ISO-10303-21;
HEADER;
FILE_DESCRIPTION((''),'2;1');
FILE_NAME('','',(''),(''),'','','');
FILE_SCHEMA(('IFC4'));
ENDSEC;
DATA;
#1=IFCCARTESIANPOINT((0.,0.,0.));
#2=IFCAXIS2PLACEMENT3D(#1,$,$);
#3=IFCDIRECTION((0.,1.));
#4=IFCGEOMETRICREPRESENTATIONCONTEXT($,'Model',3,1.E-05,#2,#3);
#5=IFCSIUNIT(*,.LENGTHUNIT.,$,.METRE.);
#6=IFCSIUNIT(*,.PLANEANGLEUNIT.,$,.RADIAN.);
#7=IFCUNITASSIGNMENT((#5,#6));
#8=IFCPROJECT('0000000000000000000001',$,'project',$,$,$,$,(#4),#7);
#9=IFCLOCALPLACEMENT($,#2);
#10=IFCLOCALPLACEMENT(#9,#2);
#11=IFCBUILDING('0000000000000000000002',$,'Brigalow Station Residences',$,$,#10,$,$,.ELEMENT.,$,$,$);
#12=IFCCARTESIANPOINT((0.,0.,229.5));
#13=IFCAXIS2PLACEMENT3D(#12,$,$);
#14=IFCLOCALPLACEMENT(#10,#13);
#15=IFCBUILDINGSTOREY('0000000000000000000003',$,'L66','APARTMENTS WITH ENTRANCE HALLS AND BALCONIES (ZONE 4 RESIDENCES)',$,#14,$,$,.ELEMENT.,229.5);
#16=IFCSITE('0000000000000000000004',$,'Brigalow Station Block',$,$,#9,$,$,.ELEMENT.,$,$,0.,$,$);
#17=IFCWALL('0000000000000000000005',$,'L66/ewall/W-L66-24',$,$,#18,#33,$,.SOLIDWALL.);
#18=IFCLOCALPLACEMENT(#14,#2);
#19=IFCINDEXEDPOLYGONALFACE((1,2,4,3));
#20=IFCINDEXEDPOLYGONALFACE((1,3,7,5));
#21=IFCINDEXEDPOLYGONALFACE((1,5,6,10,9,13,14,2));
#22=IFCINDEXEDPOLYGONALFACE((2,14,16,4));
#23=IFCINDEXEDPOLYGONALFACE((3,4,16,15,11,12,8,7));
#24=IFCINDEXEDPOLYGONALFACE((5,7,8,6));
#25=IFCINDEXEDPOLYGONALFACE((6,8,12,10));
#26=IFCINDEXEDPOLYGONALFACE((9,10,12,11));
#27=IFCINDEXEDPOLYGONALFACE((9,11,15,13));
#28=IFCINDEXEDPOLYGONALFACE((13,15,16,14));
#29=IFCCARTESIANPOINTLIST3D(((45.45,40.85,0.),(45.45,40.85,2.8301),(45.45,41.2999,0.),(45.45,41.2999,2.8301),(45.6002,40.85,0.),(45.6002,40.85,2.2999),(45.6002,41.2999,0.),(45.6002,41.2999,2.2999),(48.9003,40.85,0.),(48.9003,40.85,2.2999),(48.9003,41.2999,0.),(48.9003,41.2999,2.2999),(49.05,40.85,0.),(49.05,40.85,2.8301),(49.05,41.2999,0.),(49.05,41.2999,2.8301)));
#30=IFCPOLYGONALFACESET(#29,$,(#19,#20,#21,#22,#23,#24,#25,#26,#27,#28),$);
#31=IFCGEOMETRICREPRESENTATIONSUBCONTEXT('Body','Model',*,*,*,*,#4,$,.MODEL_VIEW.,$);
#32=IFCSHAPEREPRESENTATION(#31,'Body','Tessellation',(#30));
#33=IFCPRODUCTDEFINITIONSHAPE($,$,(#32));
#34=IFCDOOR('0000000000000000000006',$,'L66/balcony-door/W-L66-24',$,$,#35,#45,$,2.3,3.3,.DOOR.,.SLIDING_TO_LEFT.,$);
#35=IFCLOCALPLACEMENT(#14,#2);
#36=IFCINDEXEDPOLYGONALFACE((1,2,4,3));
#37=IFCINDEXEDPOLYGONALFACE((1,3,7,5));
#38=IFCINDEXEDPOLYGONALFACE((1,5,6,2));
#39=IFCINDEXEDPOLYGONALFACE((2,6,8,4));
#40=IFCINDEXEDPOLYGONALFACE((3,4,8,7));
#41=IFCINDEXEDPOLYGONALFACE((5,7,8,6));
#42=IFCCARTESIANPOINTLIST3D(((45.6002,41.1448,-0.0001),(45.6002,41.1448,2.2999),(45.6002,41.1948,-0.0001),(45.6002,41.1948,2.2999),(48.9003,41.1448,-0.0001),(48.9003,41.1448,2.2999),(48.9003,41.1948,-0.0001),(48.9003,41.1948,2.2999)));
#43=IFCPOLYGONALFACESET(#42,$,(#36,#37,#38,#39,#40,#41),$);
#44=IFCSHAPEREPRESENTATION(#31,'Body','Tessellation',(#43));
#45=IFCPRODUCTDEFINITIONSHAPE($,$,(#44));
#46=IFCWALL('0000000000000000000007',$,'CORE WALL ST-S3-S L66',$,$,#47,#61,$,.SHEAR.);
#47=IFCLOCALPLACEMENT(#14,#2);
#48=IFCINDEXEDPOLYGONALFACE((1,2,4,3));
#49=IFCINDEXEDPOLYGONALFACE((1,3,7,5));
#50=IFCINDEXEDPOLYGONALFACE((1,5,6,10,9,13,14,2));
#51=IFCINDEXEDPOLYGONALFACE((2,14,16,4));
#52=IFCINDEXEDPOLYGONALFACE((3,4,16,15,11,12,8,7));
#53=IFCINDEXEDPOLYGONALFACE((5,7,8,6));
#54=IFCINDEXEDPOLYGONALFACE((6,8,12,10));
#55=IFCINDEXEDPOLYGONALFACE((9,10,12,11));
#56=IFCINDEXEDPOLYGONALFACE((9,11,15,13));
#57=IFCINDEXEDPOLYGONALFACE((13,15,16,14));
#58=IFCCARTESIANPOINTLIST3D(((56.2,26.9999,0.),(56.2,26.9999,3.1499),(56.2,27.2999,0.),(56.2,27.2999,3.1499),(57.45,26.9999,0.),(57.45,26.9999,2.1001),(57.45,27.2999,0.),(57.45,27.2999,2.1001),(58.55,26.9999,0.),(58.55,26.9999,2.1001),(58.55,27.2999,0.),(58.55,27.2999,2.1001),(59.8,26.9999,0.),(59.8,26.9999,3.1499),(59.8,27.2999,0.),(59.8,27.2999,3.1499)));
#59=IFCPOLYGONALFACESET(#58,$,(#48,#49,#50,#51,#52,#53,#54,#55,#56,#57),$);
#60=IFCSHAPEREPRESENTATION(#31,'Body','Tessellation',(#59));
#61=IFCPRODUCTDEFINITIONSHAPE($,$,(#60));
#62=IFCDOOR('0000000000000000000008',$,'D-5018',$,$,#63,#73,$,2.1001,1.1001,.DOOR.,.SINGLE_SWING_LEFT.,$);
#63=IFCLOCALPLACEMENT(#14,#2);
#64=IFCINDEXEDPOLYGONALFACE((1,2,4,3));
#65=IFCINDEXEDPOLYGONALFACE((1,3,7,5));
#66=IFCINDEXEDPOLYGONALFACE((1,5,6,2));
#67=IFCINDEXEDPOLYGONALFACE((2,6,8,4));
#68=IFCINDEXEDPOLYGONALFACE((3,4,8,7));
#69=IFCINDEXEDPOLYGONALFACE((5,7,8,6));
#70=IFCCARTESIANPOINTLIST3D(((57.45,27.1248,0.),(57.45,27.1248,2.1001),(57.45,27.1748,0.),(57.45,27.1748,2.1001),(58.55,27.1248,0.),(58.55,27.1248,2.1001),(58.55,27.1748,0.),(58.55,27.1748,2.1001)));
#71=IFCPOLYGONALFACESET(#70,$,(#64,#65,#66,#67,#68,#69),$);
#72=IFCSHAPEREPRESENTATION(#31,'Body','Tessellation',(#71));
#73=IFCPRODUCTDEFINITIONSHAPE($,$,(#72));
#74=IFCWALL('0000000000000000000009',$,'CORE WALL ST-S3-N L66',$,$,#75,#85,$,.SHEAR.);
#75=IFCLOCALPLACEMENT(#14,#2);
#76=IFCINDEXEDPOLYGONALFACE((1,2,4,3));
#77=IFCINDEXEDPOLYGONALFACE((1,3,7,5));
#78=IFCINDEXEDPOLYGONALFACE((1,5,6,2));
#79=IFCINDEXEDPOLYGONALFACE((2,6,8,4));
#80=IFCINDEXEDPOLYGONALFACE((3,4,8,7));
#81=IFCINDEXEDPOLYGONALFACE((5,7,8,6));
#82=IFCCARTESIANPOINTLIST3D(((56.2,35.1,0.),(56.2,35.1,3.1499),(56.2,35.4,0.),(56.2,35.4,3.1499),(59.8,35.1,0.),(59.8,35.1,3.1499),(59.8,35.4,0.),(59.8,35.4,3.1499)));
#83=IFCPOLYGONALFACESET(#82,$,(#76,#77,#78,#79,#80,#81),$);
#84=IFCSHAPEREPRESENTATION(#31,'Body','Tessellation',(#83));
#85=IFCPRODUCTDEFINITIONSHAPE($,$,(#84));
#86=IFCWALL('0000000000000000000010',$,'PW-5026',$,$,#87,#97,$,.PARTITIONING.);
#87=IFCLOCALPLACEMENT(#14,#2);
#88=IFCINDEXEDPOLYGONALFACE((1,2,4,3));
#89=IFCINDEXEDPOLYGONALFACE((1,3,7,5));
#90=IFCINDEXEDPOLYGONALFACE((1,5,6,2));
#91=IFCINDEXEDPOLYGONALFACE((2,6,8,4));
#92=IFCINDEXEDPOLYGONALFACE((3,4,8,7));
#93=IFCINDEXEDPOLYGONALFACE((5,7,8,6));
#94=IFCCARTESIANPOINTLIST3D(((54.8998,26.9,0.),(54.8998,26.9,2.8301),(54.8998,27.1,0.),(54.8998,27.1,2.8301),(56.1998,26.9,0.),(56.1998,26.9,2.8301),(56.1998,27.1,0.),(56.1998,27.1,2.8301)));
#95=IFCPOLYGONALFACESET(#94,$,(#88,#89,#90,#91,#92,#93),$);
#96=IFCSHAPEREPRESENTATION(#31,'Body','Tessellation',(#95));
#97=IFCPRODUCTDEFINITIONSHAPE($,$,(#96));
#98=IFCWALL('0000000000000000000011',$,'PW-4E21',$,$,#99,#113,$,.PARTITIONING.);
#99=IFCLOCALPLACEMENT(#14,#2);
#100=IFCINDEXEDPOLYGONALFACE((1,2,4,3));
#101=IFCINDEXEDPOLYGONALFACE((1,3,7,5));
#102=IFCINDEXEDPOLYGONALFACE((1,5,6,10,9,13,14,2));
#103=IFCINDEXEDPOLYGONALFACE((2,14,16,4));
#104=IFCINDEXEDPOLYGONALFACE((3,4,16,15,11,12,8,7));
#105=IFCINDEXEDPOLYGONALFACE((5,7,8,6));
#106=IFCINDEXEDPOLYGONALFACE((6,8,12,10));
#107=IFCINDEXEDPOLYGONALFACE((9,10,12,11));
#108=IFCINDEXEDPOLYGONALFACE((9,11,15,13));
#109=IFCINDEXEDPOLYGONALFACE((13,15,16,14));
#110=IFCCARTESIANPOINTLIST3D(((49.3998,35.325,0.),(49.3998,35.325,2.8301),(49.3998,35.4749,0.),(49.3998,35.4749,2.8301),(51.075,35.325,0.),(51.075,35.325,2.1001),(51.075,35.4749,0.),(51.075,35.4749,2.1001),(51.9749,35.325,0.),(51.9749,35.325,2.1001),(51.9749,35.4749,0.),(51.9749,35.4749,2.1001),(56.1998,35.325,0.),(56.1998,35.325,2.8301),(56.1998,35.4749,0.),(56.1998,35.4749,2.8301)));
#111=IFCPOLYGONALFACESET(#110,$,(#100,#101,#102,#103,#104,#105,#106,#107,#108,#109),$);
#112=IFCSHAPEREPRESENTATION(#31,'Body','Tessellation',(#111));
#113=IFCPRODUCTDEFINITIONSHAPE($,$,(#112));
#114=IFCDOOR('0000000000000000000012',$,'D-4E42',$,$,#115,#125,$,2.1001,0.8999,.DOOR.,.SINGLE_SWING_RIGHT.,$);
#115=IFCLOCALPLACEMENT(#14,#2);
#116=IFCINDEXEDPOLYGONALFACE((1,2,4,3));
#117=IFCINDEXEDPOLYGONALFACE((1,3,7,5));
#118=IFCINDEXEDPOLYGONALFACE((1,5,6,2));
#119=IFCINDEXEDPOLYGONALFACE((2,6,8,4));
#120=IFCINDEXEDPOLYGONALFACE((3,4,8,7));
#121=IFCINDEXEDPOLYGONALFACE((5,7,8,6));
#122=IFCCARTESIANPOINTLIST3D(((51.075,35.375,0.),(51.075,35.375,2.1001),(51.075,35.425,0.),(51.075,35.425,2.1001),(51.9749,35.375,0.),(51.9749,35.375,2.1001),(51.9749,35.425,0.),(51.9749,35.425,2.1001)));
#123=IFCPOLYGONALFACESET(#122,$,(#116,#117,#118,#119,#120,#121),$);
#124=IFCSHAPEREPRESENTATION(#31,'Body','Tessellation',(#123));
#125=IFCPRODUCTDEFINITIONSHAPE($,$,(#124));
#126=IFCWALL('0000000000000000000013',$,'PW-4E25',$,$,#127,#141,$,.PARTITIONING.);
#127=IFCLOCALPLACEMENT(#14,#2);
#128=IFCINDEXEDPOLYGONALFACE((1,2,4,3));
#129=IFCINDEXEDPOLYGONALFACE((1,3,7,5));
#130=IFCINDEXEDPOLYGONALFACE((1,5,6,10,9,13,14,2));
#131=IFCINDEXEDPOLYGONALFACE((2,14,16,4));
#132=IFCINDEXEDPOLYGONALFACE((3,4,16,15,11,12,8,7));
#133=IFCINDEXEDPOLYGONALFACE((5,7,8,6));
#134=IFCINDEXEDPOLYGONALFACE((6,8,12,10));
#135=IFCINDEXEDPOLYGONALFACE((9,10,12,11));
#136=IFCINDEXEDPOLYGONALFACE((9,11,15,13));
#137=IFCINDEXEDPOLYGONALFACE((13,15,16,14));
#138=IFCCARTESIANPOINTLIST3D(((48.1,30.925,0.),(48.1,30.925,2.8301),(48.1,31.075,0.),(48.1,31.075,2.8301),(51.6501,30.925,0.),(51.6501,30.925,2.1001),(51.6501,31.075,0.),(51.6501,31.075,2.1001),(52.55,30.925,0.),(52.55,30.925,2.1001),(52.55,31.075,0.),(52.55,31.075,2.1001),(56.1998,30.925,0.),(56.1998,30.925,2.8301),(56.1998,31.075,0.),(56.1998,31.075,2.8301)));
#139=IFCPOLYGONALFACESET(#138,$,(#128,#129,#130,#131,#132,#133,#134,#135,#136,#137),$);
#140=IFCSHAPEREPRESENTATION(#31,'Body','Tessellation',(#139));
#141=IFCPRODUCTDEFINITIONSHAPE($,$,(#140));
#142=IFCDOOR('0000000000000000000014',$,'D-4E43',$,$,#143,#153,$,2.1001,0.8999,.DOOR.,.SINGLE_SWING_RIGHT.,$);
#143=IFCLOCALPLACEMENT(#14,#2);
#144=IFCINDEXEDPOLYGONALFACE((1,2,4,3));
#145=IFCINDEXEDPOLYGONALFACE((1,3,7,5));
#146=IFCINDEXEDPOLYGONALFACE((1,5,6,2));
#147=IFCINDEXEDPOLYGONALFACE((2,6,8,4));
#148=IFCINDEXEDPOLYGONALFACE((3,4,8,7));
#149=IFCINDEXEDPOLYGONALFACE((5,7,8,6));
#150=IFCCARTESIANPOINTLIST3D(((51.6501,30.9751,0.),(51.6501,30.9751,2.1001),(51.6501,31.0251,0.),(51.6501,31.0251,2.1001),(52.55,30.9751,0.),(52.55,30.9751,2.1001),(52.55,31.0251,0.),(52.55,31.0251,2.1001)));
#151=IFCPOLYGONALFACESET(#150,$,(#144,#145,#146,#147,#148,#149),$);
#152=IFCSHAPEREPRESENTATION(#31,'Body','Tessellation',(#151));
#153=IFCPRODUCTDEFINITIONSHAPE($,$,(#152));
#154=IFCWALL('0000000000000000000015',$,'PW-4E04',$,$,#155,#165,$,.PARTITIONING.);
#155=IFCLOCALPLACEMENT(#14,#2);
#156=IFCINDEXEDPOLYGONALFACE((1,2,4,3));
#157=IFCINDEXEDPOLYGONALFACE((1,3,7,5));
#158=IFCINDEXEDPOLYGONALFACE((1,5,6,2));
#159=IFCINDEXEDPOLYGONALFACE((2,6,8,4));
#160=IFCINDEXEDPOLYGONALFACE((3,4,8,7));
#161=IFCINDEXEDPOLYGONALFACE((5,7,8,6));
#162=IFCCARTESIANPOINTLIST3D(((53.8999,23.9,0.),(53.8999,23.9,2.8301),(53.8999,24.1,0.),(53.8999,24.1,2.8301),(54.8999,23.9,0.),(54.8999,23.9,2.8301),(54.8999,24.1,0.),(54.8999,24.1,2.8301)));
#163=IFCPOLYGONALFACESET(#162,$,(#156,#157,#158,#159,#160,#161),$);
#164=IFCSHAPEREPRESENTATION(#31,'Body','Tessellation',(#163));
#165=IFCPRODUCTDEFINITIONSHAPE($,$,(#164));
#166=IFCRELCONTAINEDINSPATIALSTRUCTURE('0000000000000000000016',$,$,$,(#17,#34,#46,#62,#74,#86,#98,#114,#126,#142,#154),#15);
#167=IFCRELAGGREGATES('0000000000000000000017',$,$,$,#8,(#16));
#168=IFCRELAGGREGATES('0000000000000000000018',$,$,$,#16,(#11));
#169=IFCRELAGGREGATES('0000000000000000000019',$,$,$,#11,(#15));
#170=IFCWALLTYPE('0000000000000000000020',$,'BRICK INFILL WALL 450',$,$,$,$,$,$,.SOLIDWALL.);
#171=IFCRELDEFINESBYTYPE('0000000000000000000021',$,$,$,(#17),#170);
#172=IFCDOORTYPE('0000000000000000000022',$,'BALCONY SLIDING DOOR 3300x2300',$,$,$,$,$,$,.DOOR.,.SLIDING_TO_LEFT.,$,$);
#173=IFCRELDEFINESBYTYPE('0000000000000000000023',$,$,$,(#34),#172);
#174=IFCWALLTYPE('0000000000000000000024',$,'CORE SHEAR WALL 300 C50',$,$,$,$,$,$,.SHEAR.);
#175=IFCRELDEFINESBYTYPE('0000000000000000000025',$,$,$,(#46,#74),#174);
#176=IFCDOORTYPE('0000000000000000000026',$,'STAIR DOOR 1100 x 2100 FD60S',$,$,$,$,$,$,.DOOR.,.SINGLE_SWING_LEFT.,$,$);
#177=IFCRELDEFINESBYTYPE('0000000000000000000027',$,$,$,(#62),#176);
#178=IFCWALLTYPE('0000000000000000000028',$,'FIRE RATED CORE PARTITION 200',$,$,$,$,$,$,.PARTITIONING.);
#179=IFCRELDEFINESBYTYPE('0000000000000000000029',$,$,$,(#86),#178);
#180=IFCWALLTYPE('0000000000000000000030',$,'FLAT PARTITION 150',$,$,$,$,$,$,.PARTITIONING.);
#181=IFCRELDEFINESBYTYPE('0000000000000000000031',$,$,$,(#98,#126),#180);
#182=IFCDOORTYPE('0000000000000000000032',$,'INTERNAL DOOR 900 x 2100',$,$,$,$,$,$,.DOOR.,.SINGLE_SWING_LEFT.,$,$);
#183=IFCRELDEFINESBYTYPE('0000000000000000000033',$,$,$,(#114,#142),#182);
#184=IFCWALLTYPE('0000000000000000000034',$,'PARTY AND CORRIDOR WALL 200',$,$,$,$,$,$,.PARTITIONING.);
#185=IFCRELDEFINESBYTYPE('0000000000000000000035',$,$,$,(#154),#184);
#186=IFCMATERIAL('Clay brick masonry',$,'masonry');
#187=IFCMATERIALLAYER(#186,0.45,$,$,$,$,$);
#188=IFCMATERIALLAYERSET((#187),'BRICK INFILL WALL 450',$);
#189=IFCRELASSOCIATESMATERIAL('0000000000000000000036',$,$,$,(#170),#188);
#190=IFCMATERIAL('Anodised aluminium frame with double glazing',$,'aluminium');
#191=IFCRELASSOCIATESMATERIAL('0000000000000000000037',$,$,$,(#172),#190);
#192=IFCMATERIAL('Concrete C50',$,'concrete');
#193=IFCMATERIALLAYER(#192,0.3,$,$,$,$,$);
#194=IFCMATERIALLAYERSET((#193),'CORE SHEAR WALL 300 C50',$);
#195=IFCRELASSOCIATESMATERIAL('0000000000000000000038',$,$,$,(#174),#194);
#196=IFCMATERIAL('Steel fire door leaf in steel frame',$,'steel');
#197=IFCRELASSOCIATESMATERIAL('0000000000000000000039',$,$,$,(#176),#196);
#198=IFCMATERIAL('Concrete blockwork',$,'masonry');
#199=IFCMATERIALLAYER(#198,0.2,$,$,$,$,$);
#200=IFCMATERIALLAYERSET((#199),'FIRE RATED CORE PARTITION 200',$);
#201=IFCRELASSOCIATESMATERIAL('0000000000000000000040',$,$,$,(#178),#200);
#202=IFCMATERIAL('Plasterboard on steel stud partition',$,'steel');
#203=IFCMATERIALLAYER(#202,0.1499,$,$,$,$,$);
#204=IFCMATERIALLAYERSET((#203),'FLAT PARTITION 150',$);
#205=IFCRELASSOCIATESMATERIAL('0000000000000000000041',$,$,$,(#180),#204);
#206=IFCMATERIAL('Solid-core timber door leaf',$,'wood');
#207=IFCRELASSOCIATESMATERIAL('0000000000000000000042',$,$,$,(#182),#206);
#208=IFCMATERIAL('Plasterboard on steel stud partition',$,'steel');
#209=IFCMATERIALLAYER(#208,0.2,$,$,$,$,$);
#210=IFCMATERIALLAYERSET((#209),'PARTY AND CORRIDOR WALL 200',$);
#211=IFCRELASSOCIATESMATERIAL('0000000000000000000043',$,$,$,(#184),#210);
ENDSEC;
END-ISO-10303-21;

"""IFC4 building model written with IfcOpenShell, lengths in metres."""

from ifc_helpers import new_model, si_unit, direction, frame, frame_2d, origin, place, context, subcontext, project, spatial, rectangle, extrude, material, layer, layer_set, type_object, element, fill, save


model = new_model("IFC4")

# Units and contexts
model_context = context("Model", 3, precision=1e-05, world=origin(), true_north=direction((0.0, 1.0)))
body_context = subcontext(model_context, "Body", "Model", "MODEL_VIEW")
ifc_project = project(units=[si_unit("LENGTHUNIT", "METRE"), si_unit("PLANEANGLEUNIT", "RADIAN")], contexts=[model_context])

# Site, building, storey
site_placement = place(None, origin())
site = spatial("IfcSite", under=ifc_project, at=site_placement, Name="Brigalow Station Block", CompositionType="ELEMENT", RefElevation=0.0)
building_placement = place(site_placement, origin())
building = spatial("IfcBuilding", under=site, at=building_placement, Name="Brigalow Station Residences", CompositionType="ELEMENT")
storey_placement = place(building_placement, frame((0.0, 0.0, 229.5)))
storey = spatial("IfcBuildingStorey", under=building, at=storey_placement, Name="L66", Description="APARTMENTS WITH ENTRANCE HALLS AND BALCONIES (ZONE 4 RESIDENCES)", CompositionType="ELEMENT", Elevation=229.5)

# Walls, openings, doors
ifc_material_1 = material(Name="Clay brick masonry", Category="masonry")
ifc_layer_1 = layer(ifc_material_1, 0.45)
ifc_layer_set_1 = layer_set([ifc_layer_1], Name="BRICK INFILL WALL 450")
wall_type_1 = type_object("IfcWallType", Name="BRICK INFILL WALL 450", PredefinedType="SOLIDWALL", material=ifc_layer_set_1)
ifc_material_2 = material(Name="Anodised aluminium frame with double glazing", Category="aluminium")
door_type_1 = type_object("IfcDoorType", Name="BALCONY SLIDING DOOR 3300x2300", OperationType="SLIDING_TO_LEFT", PredefinedType="DOOR", material=ifc_material_2)
wall_1_placement = place(storey_placement, frame((49.05, 41.075, 0.0), z_axis=(0.0, 0.0, 1.0), x_axis=(-1.0, 0.0, 0.0)))
wall_1 = element("IfcWall", 1, at=wall_1_placement, inside=storey, type_object=wall_type_1, Name="L66/ewall/W-L66-24", PredefinedType="SOLIDWALL", context=body_context, shape_type="SweptSolid", body=[
    extrude(rectangle(XDim=3.6001, YDim=0.45, at=frame_2d((1.8, 0.0))), origin(), (0.0, 0.0, 1.0), 2.8301),
])
opening_1_placement = place(wall_1_placement, frame((0.1499, 0.0, 0.0)))
opening_1 = element("IfcOpeningElement", 2, at=opening_1_placement, cuts=wall_1, PredefinedType="OPENING", context=body_context, shape_type="SweptSolid", body=[
    extrude(rectangle(XDim=3.3, YDim=2.3, at=frame_2d((1.6499, 1.1499))), frame((0.0, 0.2349, 0.0), z_axis=(0.0, -1.0, 0.0), x_axis=(1.0, 0.0, 0.0)), (0.0, 0.0, 1.0), 0.47),
])
door_1_placement = place(opening_1_placement, origin())
door_1 = element("IfcDoor", 3, at=door_1_placement, inside=storey, type_object=door_type_1, Name="L66/balcony-door/W-L66-24", OperationType="SLIDING_TO_LEFT", OverallHeight=2.3, OverallWidth=3.3, PredefinedType="DOOR", context=body_context, shape_type="SweptSolid", body=[
    extrude(rectangle(XDim=3.3, YDim=2.3, at=frame_2d((1.6499, 1.1499))), frame((0.0, -0.0698, 0.0), z_axis=(0.0, -1.0, 0.0), x_axis=(1.0, 0.0, 0.0)), (0.0, 0.0, 1.0), 0.05),
])
fill(opening_1, door_1)
ifc_material_3 = material(Name="Concrete C50", Category="concrete")
ifc_layer_2 = layer(ifc_material_3, 0.3)
ifc_layer_set_2 = layer_set([ifc_layer_2], Name="CORE SHEAR WALL 300 C50")
wall_type_2 = type_object("IfcWallType", Name="CORE SHEAR WALL 300 C50", PredefinedType="SHEAR", material=ifc_layer_set_2)
wall_2_placement = place(storey_placement, frame((56.2, 27.1499, 0.0), z_axis=(0.0, 0.0, 1.0), x_axis=(1.0, 0.0, 0.0)))
wall_2 = element("IfcWall", 4, at=wall_2_placement, inside=storey, type_object=wall_type_2, Name="CORE WALL ST-S3-S L66", PredefinedType="SHEAR", context=body_context, shape_type="SweptSolid", body=[
    extrude(rectangle(XDim=3.6001, YDim=0.3, at=frame_2d((1.8, 0.0))), origin(), (0.0, 0.0, 1.0), 3.1499),
])
opening_2_placement = place(wall_2_placement, frame((1.25, 0.0, 0.0)))
opening_2 = element("IfcOpeningElement", 5, at=opening_2_placement, cuts=wall_2, PredefinedType="OPENING", context=body_context, shape_type="SweptSolid", body=[
    extrude(rectangle(XDim=1.1001, YDim=2.1001, at=frame_2d((0.55, 1.05))), frame((0.0, 0.1602, 0.0), z_axis=(0.0, -1.0, 0.0), x_axis=(1.0, 0.0, 0.0)), (0.0, 0.0, 1.0), 0.3201),
])
ifc_material_4 = material(Name="Steel fire door leaf in steel frame", Category="steel")
door_type_2 = type_object("IfcDoorType", Name="STAIR DOOR 1100 x 2100 FD60S", OperationType="SINGLE_SWING_LEFT", PredefinedType="DOOR", material=ifc_material_4)
door_2_placement = place(opening_2_placement, origin())
door_2 = element("IfcDoor", 6, at=door_2_placement, inside=storey, type_object=door_type_2, Name="D-5018", OperationType="SINGLE_SWING_LEFT", OverallHeight=2.1001, OverallWidth=1.1001, PredefinedType="DOOR", context=body_context, shape_type="SweptSolid", body=[
    extrude(rectangle(XDim=1.1001, YDim=2.1001, at=frame_2d((0.55, 1.05))), frame((0.0, 0.0249, 0.0), z_axis=(0.0, -1.0, 0.0), x_axis=(1.0, 0.0, 0.0)), (0.0, 0.0, 1.0), 0.05),
])
fill(opening_2, door_2)

# Walls
wall_3_placement = place(storey_placement, frame((56.2, 35.25, 0.0), z_axis=(0.0, 0.0, 1.0), x_axis=(1.0, 0.0, 0.0)))
element("IfcWall", 7, at=wall_3_placement, inside=storey, type_object=wall_type_2, Name="CORE WALL ST-S3-N L66", PredefinedType="SHEAR", context=body_context, shape_type="SweptSolid", body=[
    extrude(rectangle(XDim=3.6001, YDim=0.3, at=frame_2d((1.8, 0.0))), origin(), (0.0, 0.0, 1.0), 3.1499),
])
ifc_material_5 = material(Name="Concrete blockwork", Category="masonry")
ifc_layer_3 = layer(ifc_material_5, 0.2)
ifc_layer_set_3 = layer_set([ifc_layer_3], Name="FIRE RATED CORE PARTITION 200")
wall_type_3 = type_object("IfcWallType", Name="FIRE RATED CORE PARTITION 200", PredefinedType="PARTITIONING", material=ifc_layer_set_3)
wall_4_placement = place(storey_placement, frame((54.8999, 27.0, 0.0), z_axis=(0.0, 0.0, 1.0), x_axis=(1.0, 0.0, 0.0)))
element("IfcWall", 8, at=wall_4_placement, inside=storey, type_object=wall_type_3, Name="PW-5026", PredefinedType="PARTITIONING", context=body_context, shape_type="SweptSolid", body=[
    extrude(rectangle(XDim=1.3, YDim=0.2, at=frame_2d((0.6499, 0.0))), origin(), (0.0, 0.0, 1.0), 2.8301),
])

# Walls, openings, doors
ifc_material_6 = material(Name="Plasterboard on steel stud partition", Category="steel")
ifc_layer_4 = layer(ifc_material_6, 0.1499)
ifc_layer_set_4 = layer_set([ifc_layer_4], Name="FLAT PARTITION 150")
wall_type_4 = type_object("IfcWallType", Name="FLAT PARTITION 150", PredefinedType="PARTITIONING", material=ifc_layer_set_4)
wall_5_placement = place(storey_placement, frame((49.3999, 35.3999, 0.0), z_axis=(0.0, 0.0, 1.0), x_axis=(1.0, 0.0, 0.0)))
wall_5 = element("IfcWall", 9, at=wall_5_placement, inside=storey, type_object=wall_type_4, Name="PW-4E21", PredefinedType="PARTITIONING", context=body_context, shape_type="SweptSolid", body=[
    extrude(rectangle(XDim=6.8, YDim=0.1499, at=frame_2d((3.3999, 0.0))), origin(), (0.0, 0.0, 1.0), 2.8301),
])
opening_3_placement = place(wall_5_placement, frame((1.675, 0.0, 0.0)))
opening_3 = element("IfcOpeningElement", 10, at=opening_3_placement, cuts=wall_5, PredefinedType="OPENING", context=body_context, shape_type="SweptSolid", body=[
    extrude(rectangle(XDim=0.8999, YDim=2.1001, at=frame_2d((0.45, 1.05))), frame((0.0, 0.085, 0.0), z_axis=(0.0, -1.0, 0.0), x_axis=(1.0, 0.0, 0.0)), (0.0, 0.0, 1.0), 0.1699),
])
ifc_material_7 = material(Name="Solid-core timber door leaf", Category="wood")
door_type_3 = type_object("IfcDoorType", Name="INTERNAL DOOR 900 x 2100", OperationType="SINGLE_SWING_LEFT", PredefinedType="DOOR", material=ifc_material_7)
door_3_placement = place(opening_3_placement, frame((0.8999, 0.0, 0.0), z_axis=(0.0, 0.0, 1.0), x_axis=(-1.0, 0.0, 0.0)))
door_3 = element("IfcDoor", 11, at=door_3_placement, inside=storey, type_object=door_type_3, Name="D-4E42", OperationType="SINGLE_SWING_RIGHT", OverallHeight=2.1001, OverallWidth=0.8999, PredefinedType="DOOR", context=body_context, shape_type="SweptSolid", body=[
    extrude(rectangle(XDim=0.8999, YDim=2.1001, at=frame_2d((0.45, 1.05))), frame((0.0, 0.0249, 0.0), z_axis=(0.0, -1.0, 0.0), x_axis=(1.0, 0.0, 0.0)), (0.0, 0.0, 1.0), 0.05),
])
fill(opening_3, door_3)
wall_6_placement = place(storey_placement, frame((48.1001, 31.0, 0.0), z_axis=(0.0, 0.0, 1.0), x_axis=(1.0, 0.0, 0.0)))
wall_6 = element("IfcWall", 12, at=wall_6_placement, inside=storey, type_object=wall_type_4, Name="PW-4E25", PredefinedType="PARTITIONING", context=body_context, shape_type="SweptSolid", body=[
    extrude(rectangle(XDim=8.0999, YDim=0.1499, at=frame_2d((4.0498, 0.0))), origin(), (0.0, 0.0, 1.0), 2.8301),
])
opening_4_placement = place(wall_6_placement, frame((3.55, 0.0, 0.0)))
opening_4 = element("IfcOpeningElement", 13, at=opening_4_placement, cuts=wall_6, PredefinedType="OPENING", context=body_context, shape_type="SweptSolid", body=[
    extrude(rectangle(XDim=0.8999, YDim=2.1001, at=frame_2d((0.45, 1.05))), frame((0.0, 0.085, 0.0), z_axis=(0.0, -1.0, 0.0), x_axis=(1.0, 0.0, 0.0)), (0.0, 0.0, 1.0), 0.1699),
])
door_4_placement = place(opening_4_placement, frame((0.8999, 0.0, 0.0), z_axis=(0.0, 0.0, 1.0), x_axis=(-1.0, 0.0, 0.0)))
door_4 = element("IfcDoor", 14, at=door_4_placement, inside=storey, type_object=door_type_3, Name="D-4E43", OperationType="SINGLE_SWING_RIGHT", OverallHeight=2.1001, OverallWidth=0.8999, PredefinedType="DOOR", context=body_context, shape_type="SweptSolid", body=[
    extrude(rectangle(XDim=0.8999, YDim=2.1001, at=frame_2d((0.45, 1.05))), frame((0.0, 0.0249, 0.0), z_axis=(0.0, -1.0, 0.0), x_axis=(1.0, 0.0, 0.0)), (0.0, 0.0, 1.0), 0.05),
])
fill(opening_4, door_4)

# Wall
ifc_material_8 = material(Name="Plasterboard on steel stud partition", Category="steel")
ifc_layer_5 = layer(ifc_material_8, 0.2)
ifc_layer_set_5 = layer_set([ifc_layer_5], Name="PARTY AND CORRIDOR WALL 200")
wall_type_5 = type_object("IfcWallType", Name="PARTY AND CORRIDOR WALL 200", PredefinedType="PARTITIONING", material=ifc_layer_set_5)
wall_7_placement = place(storey_placement, frame((53.8999, 24.0, 0.0), z_axis=(0.0, 0.0, 1.0), x_axis=(1.0, 0.0, 0.0)))
element("IfcWall", 15, at=wall_7_placement, inside=storey, type_object=wall_type_5, Name="PW-4E04", PredefinedType="PARTITIONING", context=body_context, shape_type="SweptSolid", body=[
    extrude(rectangle(XDim=1.0, YDim=0.2, at=frame_2d((0.5, 0.0))), origin(), (0.0, 0.0, 1.0), 2.8301),
])

save(model, "model.ifc")
